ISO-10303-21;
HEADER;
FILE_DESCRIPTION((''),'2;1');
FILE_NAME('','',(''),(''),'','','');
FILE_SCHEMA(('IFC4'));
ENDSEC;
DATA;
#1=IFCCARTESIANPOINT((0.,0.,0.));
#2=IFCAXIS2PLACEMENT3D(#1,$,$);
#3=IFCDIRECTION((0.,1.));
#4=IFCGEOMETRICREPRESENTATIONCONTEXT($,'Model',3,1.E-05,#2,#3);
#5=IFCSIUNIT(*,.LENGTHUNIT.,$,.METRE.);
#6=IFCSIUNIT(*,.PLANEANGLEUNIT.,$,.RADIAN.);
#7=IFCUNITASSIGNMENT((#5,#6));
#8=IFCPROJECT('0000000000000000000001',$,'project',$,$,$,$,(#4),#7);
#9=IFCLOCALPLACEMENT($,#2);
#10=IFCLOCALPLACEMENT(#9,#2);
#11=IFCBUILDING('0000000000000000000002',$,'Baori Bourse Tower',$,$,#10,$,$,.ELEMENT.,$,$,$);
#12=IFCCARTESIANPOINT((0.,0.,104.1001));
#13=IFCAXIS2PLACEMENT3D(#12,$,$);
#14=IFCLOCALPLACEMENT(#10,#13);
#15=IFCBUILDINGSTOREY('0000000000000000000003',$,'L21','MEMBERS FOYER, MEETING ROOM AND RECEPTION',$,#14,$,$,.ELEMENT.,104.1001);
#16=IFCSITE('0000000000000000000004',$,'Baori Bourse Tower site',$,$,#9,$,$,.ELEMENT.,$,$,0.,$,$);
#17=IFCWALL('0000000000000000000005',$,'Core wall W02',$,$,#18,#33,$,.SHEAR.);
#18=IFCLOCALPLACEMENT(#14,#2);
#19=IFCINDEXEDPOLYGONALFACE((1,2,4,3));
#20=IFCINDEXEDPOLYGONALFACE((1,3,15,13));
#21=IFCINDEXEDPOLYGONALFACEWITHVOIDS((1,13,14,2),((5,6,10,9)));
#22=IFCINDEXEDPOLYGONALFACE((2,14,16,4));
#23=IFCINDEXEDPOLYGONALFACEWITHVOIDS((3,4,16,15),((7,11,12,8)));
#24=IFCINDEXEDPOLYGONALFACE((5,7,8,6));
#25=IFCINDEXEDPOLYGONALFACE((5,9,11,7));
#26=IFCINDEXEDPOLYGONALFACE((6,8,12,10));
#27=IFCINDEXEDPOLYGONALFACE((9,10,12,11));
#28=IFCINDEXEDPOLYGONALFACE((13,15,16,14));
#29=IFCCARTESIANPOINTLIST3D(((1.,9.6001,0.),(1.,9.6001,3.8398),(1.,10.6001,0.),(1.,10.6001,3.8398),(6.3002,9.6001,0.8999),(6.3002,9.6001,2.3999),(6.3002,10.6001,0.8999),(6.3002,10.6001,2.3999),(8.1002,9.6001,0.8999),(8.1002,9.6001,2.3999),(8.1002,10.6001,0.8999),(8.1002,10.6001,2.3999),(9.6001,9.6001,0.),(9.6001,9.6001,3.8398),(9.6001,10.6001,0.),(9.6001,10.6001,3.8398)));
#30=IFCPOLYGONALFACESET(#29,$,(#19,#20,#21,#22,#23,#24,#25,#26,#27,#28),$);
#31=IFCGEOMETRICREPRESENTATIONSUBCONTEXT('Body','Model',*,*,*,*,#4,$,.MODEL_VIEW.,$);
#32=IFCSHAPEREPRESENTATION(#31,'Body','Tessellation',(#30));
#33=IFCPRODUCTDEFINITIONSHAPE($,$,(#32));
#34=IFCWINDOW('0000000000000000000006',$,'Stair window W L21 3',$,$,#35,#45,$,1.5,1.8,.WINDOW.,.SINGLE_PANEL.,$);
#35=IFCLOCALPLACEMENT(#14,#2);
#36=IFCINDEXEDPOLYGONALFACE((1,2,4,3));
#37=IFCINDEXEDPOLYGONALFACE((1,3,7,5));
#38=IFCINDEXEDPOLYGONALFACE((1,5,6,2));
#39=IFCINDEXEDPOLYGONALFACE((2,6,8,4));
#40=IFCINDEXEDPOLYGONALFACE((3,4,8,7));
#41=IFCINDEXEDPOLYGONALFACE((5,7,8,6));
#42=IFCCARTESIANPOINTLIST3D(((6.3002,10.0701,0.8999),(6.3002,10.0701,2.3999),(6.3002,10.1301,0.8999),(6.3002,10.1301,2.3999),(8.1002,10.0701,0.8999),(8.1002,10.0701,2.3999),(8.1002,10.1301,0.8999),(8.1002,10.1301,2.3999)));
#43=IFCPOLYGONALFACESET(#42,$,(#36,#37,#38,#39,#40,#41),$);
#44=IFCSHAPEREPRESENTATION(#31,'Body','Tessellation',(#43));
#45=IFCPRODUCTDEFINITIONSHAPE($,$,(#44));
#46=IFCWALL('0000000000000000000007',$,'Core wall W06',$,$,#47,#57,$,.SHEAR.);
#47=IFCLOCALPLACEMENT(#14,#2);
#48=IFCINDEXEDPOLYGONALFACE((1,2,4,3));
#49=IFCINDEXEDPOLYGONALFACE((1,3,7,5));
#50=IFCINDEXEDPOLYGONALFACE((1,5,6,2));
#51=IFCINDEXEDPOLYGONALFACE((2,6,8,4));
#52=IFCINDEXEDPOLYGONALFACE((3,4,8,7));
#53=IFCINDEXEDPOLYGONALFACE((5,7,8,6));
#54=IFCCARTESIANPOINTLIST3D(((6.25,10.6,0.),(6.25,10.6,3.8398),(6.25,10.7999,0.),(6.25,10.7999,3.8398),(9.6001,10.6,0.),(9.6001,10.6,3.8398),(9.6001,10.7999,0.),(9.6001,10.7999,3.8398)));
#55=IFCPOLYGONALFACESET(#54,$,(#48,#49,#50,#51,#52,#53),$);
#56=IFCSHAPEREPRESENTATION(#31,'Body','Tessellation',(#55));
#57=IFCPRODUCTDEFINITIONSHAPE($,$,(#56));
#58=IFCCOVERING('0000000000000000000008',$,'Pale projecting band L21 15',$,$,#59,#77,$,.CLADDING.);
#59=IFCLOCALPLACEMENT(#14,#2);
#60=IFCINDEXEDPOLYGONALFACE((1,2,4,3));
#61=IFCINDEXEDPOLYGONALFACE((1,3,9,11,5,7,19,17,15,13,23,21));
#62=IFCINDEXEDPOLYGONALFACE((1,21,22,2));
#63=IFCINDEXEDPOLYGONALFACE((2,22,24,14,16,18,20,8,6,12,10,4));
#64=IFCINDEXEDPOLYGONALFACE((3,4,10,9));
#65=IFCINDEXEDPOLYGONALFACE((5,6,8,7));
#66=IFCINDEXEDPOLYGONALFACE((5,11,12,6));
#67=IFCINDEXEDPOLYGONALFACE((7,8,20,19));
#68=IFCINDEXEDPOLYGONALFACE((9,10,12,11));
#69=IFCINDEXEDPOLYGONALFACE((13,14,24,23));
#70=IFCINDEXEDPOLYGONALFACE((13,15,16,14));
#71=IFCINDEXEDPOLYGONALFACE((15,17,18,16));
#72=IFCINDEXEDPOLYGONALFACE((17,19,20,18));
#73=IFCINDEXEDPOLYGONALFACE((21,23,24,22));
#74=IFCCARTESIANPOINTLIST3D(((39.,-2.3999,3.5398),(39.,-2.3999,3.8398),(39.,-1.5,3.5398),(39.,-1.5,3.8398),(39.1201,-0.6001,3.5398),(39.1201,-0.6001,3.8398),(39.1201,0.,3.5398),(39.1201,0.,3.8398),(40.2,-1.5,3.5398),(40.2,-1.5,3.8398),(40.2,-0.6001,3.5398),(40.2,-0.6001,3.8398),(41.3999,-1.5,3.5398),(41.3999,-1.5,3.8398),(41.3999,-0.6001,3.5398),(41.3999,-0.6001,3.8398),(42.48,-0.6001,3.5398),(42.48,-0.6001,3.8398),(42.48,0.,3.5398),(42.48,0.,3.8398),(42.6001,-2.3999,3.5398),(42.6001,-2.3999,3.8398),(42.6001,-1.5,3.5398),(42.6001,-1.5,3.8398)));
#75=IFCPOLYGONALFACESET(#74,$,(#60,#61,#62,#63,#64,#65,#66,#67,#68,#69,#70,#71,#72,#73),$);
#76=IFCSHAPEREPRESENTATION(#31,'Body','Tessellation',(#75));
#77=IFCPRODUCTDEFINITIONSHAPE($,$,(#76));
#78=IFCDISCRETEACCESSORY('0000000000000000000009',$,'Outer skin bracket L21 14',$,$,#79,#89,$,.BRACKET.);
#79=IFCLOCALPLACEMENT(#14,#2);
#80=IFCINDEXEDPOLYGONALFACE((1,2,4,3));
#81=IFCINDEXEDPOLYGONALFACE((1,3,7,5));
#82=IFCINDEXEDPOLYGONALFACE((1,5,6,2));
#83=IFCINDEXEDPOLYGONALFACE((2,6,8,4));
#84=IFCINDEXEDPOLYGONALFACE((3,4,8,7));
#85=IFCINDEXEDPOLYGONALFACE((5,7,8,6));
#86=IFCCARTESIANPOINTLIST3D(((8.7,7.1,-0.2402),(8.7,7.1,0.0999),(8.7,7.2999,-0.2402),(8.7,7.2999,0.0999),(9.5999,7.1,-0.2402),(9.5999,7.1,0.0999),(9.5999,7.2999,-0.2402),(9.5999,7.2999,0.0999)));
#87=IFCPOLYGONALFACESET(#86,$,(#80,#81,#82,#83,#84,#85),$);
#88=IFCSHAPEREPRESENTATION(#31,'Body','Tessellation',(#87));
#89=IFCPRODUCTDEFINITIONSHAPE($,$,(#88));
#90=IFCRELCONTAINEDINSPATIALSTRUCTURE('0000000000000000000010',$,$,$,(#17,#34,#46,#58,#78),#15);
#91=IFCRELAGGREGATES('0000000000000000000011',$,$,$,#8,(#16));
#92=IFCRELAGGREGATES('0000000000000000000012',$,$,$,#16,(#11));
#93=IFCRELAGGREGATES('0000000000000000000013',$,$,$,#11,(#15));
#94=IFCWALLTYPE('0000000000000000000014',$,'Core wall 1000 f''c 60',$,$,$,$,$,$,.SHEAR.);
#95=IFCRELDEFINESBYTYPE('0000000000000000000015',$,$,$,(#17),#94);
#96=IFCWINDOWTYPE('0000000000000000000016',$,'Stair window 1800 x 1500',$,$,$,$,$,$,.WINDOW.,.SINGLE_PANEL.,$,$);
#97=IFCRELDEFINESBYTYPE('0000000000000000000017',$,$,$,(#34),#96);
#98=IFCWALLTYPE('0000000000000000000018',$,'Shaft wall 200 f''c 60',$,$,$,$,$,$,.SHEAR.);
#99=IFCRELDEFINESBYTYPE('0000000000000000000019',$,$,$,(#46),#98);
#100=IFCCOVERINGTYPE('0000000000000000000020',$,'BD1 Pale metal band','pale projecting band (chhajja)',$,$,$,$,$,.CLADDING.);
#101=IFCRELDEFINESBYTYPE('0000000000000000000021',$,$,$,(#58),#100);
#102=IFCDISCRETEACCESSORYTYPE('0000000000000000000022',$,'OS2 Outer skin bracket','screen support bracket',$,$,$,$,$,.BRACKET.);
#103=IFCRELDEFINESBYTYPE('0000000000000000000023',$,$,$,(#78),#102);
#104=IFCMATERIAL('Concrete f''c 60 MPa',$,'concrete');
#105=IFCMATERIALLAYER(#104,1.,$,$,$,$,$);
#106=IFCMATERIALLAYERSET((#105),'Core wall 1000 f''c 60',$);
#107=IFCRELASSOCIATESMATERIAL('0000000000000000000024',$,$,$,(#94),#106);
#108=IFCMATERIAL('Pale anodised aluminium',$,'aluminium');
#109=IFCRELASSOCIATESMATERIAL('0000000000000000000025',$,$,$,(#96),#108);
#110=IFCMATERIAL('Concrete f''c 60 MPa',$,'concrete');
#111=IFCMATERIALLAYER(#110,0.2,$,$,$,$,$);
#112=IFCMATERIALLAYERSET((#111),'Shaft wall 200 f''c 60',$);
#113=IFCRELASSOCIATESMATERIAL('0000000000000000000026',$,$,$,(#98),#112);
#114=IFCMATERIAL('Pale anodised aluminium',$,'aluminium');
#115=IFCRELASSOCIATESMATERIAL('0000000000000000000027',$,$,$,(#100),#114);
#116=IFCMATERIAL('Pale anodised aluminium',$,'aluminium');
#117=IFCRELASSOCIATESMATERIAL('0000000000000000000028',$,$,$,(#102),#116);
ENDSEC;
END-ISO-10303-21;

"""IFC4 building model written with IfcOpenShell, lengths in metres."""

from ifc_helpers import new_model, si_unit, direction, frame, frame_2d, origin, origin_2d, place, context, subcontext, project, spatial, polyline, rectangle, outline, extrude, material, layer, layer_set, type_object, element, fill, save


model = new_model("IFC4")

# Units and contexts
model_context = context("Model", 3, precision=1e-05, world=origin(), true_north=direction((0.0, 1.0)))
body_context = subcontext(model_context, "Body", "Model", "MODEL_VIEW")
ifc_project = project(units=[si_unit("LENGTHUNIT", "METRE"), si_unit("PLANEANGLEUNIT", "RADIAN")], contexts=[model_context])

# Site, building, storey
site_placement = place(None, origin())
site = spatial("IfcSite", under=ifc_project, at=site_placement, Name="Baori Bourse Tower site", CompositionType="ELEMENT", RefElevation=0.0)
building_placement = place(site_placement, origin())
building = spatial("IfcBuilding", under=site, at=building_placement, Name="Baori Bourse Tower", CompositionType="ELEMENT")
storey_placement = place(building_placement, frame((0.0, 0.0, 104.1001)))
storey = spatial("IfcBuildingStorey", under=building, at=storey_placement, Name="L21", Description="MEMBERS FOYER, MEETING ROOM AND RECEPTION", CompositionType="ELEMENT", Elevation=104.1001)

# Shared definitions
ifc_material_1 = material(Name="Concrete f'c 60 MPa", Category="concrete")
ifc_layer_1 = layer(ifc_material_1, 1.0)
ifc_layer_set_1 = layer_set([ifc_layer_1], Name="Core wall 1000 f'c 60")
wall_type_1 = type_object("IfcWallType", Name="Core wall 1000 f'c 60", PredefinedType="SHEAR", material=ifc_layer_set_1)

# Wall, opening, window
wall_1_placement = place(storey_placement, frame((9.6001, 10.1001, 0.0), z_axis=(0.0, 0.0, 1.0), x_axis=(-1.0, 0.0, 0.0)))
wall_1 = element("IfcWall", 1, at=wall_1_placement, inside=storey, type_object=wall_type_1, Name="Core wall W02", PredefinedType="SHEAR", context=body_context, shape_type="SweptSolid", body=[
    extrude(rectangle(XDim=8.6001, YDim=1.0, at=frame_2d((4.3, 0.0))), origin(), (0.0, 0.0, 1.0), 3.8398),
])
opening_1_placement = place(wall_1_placement, frame((1.5, 0.0, 0.8999)))
opening_1 = element("IfcOpeningElement", 2, at=opening_1_placement, cuts=wall_1, PredefinedType="OPENING", context=body_context, shape_type="SweptSolid", body=[
    extrude(rectangle(XDim=1.8, YDim=1.5, at=frame_2d((0.8999, 0.75))), frame((0.0, 0.51, 0.0), z_axis=(0.0, -1.0, 0.0), x_axis=(1.0, 0.0, 0.0)), (0.0, 0.0, 1.0), 1.02),
])
ifc_material_2 = material(Name="Pale anodised aluminium", Category="aluminium")
window_type_1 = type_object("IfcWindowType", Name="Stair window 1800 x 1500", PartitioningType="SINGLE_PANEL", PredefinedType="WINDOW", material=ifc_material_2)
window_1_placement = place(opening_1_placement, origin())
window_1 = element("IfcWindow", 3, at=window_1_placement, inside=storey, type_object=window_type_1, Name="Stair window W L21 3", OverallHeight=1.5, OverallWidth=1.8, PartitioningType="SINGLE_PANEL", PredefinedType="WINDOW", context=body_context, shape_type="SweptSolid", body=[
    extrude(rectangle(XDim=1.8, YDim=1.5, at=frame_2d((0.8999, 0.75))), frame((0.0, 0.03, 0.0), z_axis=(0.0, -1.0, 0.0), x_axis=(1.0, 0.0, 0.0)), (0.0, 0.0, 1.0), 0.0601),
])
fill(opening_1, window_1)

# Wall
ifc_material_3 = material(Name="Concrete f'c 60 MPa", Category="concrete")
ifc_layer_2 = layer(ifc_material_3, 0.2)
ifc_layer_set_2 = layer_set([ifc_layer_2], Name="Shaft wall 200 f'c 60")
wall_type_2 = type_object("IfcWallType", Name="Shaft wall 200 f'c 60", PredefinedType="SHEAR", material=ifc_layer_set_2)
wall_2_placement = place(storey_placement, frame((6.25, 10.7, 0.0), z_axis=(0.0, 0.0, 1.0), x_axis=(1.0, 0.0, 0.0)))
element("IfcWall", 4, at=wall_2_placement, inside=storey, type_object=wall_type_2, Name="Core wall W06", PredefinedType="SHEAR", context=body_context, shape_type="SweptSolid", body=[
    extrude(rectangle(XDim=3.3501, YDim=0.2, at=frame_2d((1.675, 0.0))), origin(), (0.0, 0.0, 1.0), 3.8398),
])

# Covering
ifc_material_4 = material(Name="Pale anodised aluminium", Category="aluminium")
covering_type = type_object("IfcCoveringType", Name="BD1 Pale metal band", Description="pale projecting band (chhajja)", PredefinedType="CLADDING", material=ifc_material_4)
covering_placement = place(storey_placement, frame((0.0, 0.0, 3.5398)))
element("IfcCovering", 5, at=covering_placement, inside=storey, type_object=covering_type, Name="Pale projecting band L21 15", PredefinedType="CLADDING", context=body_context, shape_type="SweptSolid", body=[
    extrude(outline(polyline([(42.48, 0.0), (39.1201, 0.0), (39.1201, -0.6001), (40.2, -0.6001), (40.2, -1.5), (39.0, -1.5), (39.0, -2.3999), (42.6001, -2.3999), (42.6001, -1.5), (41.3999, -1.5), (41.3999, -0.6001), (42.48, -0.6001), (42.48, 0.0)])), origin(), (0.0, 0.0, 1.0), 0.3),
])

# Discrete accessory
ifc_material_5 = material(Name="Pale anodised aluminium", Category="aluminium")
discrete_accessory_type = type_object("IfcDiscreteAccessoryType", Name="OS2 Outer skin bracket", Description="screen support bracket", PredefinedType="BRACKET", material=ifc_material_5)
discrete_accessory_placement = place(storey_placement, frame((9.1499, 7.2, -0.2402), z_axis=(0.0, 0.0, 1.0), x_axis=(0.0, -1.0, 0.0)))
element("IfcDiscreteAccessory", 6, at=discrete_accessory_placement, inside=storey, type_object=discrete_accessory_type, Name="Outer skin bracket L21 14", PredefinedType="BRACKET", context=body_context, shape_type="SweptSolid", body=[
    extrude(rectangle(XDim=0.2, YDim=0.8999, at=origin_2d()), origin(), (0.0, 0.0, 1.0), 0.3401),
])

save(model, "model.ifc")
